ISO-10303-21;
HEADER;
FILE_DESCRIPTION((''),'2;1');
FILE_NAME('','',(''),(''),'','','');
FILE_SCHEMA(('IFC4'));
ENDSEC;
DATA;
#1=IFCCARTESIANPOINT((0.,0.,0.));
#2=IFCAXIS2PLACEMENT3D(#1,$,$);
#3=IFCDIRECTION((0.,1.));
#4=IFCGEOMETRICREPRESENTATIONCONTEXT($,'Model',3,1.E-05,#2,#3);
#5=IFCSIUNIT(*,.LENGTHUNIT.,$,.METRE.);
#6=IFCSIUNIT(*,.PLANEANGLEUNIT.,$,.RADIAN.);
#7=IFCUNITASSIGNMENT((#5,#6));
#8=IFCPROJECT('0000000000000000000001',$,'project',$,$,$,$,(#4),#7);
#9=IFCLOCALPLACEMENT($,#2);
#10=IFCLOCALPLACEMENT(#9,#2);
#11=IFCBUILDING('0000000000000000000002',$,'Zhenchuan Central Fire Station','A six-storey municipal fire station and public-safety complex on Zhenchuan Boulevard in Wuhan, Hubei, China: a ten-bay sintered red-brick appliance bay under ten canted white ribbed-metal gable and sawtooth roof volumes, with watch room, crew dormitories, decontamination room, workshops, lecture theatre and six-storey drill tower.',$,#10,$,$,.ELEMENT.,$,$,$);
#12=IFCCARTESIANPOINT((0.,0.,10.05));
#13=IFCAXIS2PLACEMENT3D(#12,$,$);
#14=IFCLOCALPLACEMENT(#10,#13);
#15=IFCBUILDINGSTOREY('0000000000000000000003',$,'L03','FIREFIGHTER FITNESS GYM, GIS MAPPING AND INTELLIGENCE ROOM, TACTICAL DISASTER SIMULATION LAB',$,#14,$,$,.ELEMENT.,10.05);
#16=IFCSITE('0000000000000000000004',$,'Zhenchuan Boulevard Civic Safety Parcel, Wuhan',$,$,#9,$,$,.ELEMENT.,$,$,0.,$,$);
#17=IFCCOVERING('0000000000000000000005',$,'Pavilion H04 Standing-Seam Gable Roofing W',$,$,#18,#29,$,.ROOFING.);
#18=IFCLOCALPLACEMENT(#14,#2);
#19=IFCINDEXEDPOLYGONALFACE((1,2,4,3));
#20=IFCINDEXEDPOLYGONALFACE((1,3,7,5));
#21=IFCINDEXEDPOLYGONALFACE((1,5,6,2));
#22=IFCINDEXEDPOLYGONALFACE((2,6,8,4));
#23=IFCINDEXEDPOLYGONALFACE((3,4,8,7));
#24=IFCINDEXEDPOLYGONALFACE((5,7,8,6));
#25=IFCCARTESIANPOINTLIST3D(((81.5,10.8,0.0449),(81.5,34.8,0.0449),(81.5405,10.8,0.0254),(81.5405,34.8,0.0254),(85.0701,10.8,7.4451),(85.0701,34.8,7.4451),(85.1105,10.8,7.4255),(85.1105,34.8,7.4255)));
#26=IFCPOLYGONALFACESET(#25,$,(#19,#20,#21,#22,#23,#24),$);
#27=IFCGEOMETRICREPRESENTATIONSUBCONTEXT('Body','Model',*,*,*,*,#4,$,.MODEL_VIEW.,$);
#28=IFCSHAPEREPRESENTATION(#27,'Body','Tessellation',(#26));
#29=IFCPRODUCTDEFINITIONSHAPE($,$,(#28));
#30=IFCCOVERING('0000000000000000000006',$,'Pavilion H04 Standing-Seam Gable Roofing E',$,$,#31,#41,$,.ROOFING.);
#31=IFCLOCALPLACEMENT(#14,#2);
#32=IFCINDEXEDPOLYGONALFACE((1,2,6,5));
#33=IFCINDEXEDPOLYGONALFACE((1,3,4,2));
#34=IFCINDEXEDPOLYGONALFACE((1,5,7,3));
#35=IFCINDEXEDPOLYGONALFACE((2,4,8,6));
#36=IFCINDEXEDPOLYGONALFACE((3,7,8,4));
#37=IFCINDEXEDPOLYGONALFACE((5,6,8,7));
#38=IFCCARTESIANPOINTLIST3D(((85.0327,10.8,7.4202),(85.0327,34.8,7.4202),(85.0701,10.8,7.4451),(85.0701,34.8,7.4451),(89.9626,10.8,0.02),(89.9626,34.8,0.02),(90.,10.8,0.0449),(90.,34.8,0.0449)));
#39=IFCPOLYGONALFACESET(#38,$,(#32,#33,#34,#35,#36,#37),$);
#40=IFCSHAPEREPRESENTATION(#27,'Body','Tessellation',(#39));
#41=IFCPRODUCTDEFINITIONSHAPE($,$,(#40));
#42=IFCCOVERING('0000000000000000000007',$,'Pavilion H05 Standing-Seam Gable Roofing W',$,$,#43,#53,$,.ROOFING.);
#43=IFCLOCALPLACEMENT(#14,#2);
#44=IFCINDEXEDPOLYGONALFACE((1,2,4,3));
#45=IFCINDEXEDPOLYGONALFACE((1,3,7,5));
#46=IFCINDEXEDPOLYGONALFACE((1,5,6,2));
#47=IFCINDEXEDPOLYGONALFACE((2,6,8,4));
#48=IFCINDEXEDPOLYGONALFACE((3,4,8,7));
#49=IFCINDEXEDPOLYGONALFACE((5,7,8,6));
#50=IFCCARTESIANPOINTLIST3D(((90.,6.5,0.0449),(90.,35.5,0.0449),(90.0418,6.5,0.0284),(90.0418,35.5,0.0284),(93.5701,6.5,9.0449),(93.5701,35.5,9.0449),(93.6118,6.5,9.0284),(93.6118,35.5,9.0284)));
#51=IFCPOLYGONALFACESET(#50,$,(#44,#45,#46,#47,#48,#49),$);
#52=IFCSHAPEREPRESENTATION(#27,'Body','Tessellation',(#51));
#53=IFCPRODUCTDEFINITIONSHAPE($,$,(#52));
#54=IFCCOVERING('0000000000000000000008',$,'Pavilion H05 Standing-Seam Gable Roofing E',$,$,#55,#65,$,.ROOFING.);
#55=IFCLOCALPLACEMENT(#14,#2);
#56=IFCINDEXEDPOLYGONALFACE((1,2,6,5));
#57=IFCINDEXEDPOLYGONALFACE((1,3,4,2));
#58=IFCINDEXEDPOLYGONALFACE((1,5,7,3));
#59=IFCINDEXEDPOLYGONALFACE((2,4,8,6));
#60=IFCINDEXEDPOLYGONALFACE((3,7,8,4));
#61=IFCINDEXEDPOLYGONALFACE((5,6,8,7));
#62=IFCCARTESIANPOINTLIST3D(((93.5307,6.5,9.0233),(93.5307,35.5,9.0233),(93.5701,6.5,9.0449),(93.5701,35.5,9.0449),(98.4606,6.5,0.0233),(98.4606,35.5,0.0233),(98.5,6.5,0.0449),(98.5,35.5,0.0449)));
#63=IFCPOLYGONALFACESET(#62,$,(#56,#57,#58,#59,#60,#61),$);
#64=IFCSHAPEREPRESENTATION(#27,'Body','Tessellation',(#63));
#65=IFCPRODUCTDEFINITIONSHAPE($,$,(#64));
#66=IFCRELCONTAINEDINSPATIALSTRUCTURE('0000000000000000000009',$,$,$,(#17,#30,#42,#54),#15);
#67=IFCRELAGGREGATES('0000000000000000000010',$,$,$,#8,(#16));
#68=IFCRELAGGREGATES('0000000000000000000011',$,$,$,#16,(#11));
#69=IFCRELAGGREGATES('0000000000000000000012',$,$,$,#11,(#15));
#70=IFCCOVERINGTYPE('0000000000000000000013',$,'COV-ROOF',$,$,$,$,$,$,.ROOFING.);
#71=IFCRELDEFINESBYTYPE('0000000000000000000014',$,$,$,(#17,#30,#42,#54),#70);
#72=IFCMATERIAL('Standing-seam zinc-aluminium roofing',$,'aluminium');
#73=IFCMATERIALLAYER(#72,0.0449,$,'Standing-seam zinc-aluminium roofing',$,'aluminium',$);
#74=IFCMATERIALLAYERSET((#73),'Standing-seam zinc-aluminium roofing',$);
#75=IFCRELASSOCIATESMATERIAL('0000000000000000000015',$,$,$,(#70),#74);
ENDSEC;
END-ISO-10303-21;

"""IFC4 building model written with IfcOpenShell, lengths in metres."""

from ifc_helpers import new_model, si_unit, direction, frame, origin, place, context, subcontext, project, spatial, polyline, outline, extrude, material, layer, layer_set, type_object, element, save


model = new_model("IFC4")

# Units and contexts
model_context = context("Model", 3, precision=1e-05, world=origin(), true_north=direction((0.0, 1.0)))
body_context = subcontext(model_context, "Body", "Model", "MODEL_VIEW")
ifc_project = project(units=[si_unit("LENGTHUNIT", "METRE"), si_unit("PLANEANGLEUNIT", "RADIAN")], contexts=[model_context])

# Site, building, storey
site_placement = place(None, origin())
site = spatial("IfcSite", under=ifc_project, at=site_placement, Name="Zhenchuan Boulevard Civic Safety Parcel, Wuhan", CompositionType="ELEMENT", RefElevation=0.0)
building_placement = place(site_placement, origin())
building = spatial("IfcBuilding", under=site, at=building_placement, Name="Zhenchuan Central Fire Station", Description="A six-storey municipal fire station and public-safety complex on Zhenchuan Boulevard in Wuhan, Hubei, China: a ten-bay sintered red-brick appliance bay under ten canted white ribbed-metal gable and sawtooth roof volumes, with watch room, crew dormitories, decontamination room, workshops, lecture theatre and six-storey drill tower.", CompositionType="ELEMENT")
storey_placement = place(building_placement, frame((0.0, 0.0, 10.05)))
storey = spatial("IfcBuildingStorey", under=building, at=storey_placement, Name="L03", Description="FIREFIGHTER FITNESS GYM, GIS MAPPING AND INTELLIGENCE ROOM, TACTICAL DISASTER SIMULATION LAB", CompositionType="ELEMENT", Elevation=10.05)

# Coverings
ifc_material_1 = material(Name="Standing-seam zinc-aluminium roofing", Category="aluminium")
ifc_layer_1 = layer(ifc_material_1, 0.0449, Name="Standing-seam zinc-aluminium roofing", Category="aluminium")
ifc_layer_set_1 = layer_set([ifc_layer_1], Name="Standing-seam zinc-aluminium roofing")
covering_type = type_object("IfcCoveringType", Name="COV-ROOF", PredefinedType="ROOFING", material=ifc_layer_set_1)
covering_1_placement = place(storey_placement, frame((81.5, 10.8, 0.0449), z_axis=(-0.900667, 0.0, 0.434511), x_axis=(0.434511, 0.0, 0.900667)))
element("IfcCovering", 1, at=covering_1_placement, inside=storey, type_object=covering_type, Name="Pavilion H04 Standing-Seam Gable Roofing W", PredefinedType="ROOFING", context=body_context, shape_type="SweptSolid", body=[
    extrude(outline(polyline([(0.0, 0.0), (8.2163, 0.0), (8.2163, 24.0), (0.0, 24.0), (0.0, 0.0)])), origin(), (0.0, 0.0, -1.0), 0.0449),
])
covering_2_placement = place(storey_placement, frame((85.0701, 10.8, 7.4451), z_axis=(0.832232, 0.0, 0.554428), x_axis=(0.554428, 0.0, -0.832232)))
element("IfcCovering", 2, at=covering_2_placement, inside=storey, type_object=covering_type, Name="Pavilion H04 Standing-Seam Gable Roofing E", PredefinedType="ROOFING", context=body_context, shape_type="SweptSolid", body=[
    extrude(outline(polyline([(0.0, 0.0), (8.8919, 0.0), (8.8919, 24.0), (0.0, 24.0), (0.0, 0.0)])), origin(), (0.0, 0.0, -1.0), 0.0449),
])
covering_3_placement = place(storey_placement, frame((90.0, 6.5, 0.0449), z_axis=(-0.929539, 0.0, 0.368724), x_axis=(0.368724, 0.0, 0.929539)))
element("IfcCovering", 3, at=covering_3_placement, inside=storey, type_object=covering_type, Name="Pavilion H05 Standing-Seam Gable Roofing W", PredefinedType="ROOFING", context=body_context, shape_type="SweptSolid", body=[
    extrude(outline(polyline([(0.0, 0.0), (9.6822, 0.0), (9.6822, 29.0), (0.0, 29.0), (0.0, 0.0)])), origin(), (0.0, 0.0, -1.0), 0.0449),
])
covering_4_placement = place(storey_placement, frame((93.5701, 6.5, 9.0449), z_axis=(0.87704, 0.0, 0.480417), x_axis=(0.480417, 0.0, -0.87704)))
element("IfcCovering", 4, at=covering_4_placement, inside=storey, type_object=covering_type, Name="Pavilion H05 Standing-Seam Gable Roofing E", PredefinedType="ROOFING", context=body_context, shape_type="SweptSolid", body=[
    extrude(outline(polyline([(0.0, 0.0), (10.2618, 0.0), (10.2618, 29.0), (0.0, 29.0), (0.0, 0.0)])), origin(), (0.0, 0.0, -1.0), 0.0449),
])

save(model, "model.ifc")
